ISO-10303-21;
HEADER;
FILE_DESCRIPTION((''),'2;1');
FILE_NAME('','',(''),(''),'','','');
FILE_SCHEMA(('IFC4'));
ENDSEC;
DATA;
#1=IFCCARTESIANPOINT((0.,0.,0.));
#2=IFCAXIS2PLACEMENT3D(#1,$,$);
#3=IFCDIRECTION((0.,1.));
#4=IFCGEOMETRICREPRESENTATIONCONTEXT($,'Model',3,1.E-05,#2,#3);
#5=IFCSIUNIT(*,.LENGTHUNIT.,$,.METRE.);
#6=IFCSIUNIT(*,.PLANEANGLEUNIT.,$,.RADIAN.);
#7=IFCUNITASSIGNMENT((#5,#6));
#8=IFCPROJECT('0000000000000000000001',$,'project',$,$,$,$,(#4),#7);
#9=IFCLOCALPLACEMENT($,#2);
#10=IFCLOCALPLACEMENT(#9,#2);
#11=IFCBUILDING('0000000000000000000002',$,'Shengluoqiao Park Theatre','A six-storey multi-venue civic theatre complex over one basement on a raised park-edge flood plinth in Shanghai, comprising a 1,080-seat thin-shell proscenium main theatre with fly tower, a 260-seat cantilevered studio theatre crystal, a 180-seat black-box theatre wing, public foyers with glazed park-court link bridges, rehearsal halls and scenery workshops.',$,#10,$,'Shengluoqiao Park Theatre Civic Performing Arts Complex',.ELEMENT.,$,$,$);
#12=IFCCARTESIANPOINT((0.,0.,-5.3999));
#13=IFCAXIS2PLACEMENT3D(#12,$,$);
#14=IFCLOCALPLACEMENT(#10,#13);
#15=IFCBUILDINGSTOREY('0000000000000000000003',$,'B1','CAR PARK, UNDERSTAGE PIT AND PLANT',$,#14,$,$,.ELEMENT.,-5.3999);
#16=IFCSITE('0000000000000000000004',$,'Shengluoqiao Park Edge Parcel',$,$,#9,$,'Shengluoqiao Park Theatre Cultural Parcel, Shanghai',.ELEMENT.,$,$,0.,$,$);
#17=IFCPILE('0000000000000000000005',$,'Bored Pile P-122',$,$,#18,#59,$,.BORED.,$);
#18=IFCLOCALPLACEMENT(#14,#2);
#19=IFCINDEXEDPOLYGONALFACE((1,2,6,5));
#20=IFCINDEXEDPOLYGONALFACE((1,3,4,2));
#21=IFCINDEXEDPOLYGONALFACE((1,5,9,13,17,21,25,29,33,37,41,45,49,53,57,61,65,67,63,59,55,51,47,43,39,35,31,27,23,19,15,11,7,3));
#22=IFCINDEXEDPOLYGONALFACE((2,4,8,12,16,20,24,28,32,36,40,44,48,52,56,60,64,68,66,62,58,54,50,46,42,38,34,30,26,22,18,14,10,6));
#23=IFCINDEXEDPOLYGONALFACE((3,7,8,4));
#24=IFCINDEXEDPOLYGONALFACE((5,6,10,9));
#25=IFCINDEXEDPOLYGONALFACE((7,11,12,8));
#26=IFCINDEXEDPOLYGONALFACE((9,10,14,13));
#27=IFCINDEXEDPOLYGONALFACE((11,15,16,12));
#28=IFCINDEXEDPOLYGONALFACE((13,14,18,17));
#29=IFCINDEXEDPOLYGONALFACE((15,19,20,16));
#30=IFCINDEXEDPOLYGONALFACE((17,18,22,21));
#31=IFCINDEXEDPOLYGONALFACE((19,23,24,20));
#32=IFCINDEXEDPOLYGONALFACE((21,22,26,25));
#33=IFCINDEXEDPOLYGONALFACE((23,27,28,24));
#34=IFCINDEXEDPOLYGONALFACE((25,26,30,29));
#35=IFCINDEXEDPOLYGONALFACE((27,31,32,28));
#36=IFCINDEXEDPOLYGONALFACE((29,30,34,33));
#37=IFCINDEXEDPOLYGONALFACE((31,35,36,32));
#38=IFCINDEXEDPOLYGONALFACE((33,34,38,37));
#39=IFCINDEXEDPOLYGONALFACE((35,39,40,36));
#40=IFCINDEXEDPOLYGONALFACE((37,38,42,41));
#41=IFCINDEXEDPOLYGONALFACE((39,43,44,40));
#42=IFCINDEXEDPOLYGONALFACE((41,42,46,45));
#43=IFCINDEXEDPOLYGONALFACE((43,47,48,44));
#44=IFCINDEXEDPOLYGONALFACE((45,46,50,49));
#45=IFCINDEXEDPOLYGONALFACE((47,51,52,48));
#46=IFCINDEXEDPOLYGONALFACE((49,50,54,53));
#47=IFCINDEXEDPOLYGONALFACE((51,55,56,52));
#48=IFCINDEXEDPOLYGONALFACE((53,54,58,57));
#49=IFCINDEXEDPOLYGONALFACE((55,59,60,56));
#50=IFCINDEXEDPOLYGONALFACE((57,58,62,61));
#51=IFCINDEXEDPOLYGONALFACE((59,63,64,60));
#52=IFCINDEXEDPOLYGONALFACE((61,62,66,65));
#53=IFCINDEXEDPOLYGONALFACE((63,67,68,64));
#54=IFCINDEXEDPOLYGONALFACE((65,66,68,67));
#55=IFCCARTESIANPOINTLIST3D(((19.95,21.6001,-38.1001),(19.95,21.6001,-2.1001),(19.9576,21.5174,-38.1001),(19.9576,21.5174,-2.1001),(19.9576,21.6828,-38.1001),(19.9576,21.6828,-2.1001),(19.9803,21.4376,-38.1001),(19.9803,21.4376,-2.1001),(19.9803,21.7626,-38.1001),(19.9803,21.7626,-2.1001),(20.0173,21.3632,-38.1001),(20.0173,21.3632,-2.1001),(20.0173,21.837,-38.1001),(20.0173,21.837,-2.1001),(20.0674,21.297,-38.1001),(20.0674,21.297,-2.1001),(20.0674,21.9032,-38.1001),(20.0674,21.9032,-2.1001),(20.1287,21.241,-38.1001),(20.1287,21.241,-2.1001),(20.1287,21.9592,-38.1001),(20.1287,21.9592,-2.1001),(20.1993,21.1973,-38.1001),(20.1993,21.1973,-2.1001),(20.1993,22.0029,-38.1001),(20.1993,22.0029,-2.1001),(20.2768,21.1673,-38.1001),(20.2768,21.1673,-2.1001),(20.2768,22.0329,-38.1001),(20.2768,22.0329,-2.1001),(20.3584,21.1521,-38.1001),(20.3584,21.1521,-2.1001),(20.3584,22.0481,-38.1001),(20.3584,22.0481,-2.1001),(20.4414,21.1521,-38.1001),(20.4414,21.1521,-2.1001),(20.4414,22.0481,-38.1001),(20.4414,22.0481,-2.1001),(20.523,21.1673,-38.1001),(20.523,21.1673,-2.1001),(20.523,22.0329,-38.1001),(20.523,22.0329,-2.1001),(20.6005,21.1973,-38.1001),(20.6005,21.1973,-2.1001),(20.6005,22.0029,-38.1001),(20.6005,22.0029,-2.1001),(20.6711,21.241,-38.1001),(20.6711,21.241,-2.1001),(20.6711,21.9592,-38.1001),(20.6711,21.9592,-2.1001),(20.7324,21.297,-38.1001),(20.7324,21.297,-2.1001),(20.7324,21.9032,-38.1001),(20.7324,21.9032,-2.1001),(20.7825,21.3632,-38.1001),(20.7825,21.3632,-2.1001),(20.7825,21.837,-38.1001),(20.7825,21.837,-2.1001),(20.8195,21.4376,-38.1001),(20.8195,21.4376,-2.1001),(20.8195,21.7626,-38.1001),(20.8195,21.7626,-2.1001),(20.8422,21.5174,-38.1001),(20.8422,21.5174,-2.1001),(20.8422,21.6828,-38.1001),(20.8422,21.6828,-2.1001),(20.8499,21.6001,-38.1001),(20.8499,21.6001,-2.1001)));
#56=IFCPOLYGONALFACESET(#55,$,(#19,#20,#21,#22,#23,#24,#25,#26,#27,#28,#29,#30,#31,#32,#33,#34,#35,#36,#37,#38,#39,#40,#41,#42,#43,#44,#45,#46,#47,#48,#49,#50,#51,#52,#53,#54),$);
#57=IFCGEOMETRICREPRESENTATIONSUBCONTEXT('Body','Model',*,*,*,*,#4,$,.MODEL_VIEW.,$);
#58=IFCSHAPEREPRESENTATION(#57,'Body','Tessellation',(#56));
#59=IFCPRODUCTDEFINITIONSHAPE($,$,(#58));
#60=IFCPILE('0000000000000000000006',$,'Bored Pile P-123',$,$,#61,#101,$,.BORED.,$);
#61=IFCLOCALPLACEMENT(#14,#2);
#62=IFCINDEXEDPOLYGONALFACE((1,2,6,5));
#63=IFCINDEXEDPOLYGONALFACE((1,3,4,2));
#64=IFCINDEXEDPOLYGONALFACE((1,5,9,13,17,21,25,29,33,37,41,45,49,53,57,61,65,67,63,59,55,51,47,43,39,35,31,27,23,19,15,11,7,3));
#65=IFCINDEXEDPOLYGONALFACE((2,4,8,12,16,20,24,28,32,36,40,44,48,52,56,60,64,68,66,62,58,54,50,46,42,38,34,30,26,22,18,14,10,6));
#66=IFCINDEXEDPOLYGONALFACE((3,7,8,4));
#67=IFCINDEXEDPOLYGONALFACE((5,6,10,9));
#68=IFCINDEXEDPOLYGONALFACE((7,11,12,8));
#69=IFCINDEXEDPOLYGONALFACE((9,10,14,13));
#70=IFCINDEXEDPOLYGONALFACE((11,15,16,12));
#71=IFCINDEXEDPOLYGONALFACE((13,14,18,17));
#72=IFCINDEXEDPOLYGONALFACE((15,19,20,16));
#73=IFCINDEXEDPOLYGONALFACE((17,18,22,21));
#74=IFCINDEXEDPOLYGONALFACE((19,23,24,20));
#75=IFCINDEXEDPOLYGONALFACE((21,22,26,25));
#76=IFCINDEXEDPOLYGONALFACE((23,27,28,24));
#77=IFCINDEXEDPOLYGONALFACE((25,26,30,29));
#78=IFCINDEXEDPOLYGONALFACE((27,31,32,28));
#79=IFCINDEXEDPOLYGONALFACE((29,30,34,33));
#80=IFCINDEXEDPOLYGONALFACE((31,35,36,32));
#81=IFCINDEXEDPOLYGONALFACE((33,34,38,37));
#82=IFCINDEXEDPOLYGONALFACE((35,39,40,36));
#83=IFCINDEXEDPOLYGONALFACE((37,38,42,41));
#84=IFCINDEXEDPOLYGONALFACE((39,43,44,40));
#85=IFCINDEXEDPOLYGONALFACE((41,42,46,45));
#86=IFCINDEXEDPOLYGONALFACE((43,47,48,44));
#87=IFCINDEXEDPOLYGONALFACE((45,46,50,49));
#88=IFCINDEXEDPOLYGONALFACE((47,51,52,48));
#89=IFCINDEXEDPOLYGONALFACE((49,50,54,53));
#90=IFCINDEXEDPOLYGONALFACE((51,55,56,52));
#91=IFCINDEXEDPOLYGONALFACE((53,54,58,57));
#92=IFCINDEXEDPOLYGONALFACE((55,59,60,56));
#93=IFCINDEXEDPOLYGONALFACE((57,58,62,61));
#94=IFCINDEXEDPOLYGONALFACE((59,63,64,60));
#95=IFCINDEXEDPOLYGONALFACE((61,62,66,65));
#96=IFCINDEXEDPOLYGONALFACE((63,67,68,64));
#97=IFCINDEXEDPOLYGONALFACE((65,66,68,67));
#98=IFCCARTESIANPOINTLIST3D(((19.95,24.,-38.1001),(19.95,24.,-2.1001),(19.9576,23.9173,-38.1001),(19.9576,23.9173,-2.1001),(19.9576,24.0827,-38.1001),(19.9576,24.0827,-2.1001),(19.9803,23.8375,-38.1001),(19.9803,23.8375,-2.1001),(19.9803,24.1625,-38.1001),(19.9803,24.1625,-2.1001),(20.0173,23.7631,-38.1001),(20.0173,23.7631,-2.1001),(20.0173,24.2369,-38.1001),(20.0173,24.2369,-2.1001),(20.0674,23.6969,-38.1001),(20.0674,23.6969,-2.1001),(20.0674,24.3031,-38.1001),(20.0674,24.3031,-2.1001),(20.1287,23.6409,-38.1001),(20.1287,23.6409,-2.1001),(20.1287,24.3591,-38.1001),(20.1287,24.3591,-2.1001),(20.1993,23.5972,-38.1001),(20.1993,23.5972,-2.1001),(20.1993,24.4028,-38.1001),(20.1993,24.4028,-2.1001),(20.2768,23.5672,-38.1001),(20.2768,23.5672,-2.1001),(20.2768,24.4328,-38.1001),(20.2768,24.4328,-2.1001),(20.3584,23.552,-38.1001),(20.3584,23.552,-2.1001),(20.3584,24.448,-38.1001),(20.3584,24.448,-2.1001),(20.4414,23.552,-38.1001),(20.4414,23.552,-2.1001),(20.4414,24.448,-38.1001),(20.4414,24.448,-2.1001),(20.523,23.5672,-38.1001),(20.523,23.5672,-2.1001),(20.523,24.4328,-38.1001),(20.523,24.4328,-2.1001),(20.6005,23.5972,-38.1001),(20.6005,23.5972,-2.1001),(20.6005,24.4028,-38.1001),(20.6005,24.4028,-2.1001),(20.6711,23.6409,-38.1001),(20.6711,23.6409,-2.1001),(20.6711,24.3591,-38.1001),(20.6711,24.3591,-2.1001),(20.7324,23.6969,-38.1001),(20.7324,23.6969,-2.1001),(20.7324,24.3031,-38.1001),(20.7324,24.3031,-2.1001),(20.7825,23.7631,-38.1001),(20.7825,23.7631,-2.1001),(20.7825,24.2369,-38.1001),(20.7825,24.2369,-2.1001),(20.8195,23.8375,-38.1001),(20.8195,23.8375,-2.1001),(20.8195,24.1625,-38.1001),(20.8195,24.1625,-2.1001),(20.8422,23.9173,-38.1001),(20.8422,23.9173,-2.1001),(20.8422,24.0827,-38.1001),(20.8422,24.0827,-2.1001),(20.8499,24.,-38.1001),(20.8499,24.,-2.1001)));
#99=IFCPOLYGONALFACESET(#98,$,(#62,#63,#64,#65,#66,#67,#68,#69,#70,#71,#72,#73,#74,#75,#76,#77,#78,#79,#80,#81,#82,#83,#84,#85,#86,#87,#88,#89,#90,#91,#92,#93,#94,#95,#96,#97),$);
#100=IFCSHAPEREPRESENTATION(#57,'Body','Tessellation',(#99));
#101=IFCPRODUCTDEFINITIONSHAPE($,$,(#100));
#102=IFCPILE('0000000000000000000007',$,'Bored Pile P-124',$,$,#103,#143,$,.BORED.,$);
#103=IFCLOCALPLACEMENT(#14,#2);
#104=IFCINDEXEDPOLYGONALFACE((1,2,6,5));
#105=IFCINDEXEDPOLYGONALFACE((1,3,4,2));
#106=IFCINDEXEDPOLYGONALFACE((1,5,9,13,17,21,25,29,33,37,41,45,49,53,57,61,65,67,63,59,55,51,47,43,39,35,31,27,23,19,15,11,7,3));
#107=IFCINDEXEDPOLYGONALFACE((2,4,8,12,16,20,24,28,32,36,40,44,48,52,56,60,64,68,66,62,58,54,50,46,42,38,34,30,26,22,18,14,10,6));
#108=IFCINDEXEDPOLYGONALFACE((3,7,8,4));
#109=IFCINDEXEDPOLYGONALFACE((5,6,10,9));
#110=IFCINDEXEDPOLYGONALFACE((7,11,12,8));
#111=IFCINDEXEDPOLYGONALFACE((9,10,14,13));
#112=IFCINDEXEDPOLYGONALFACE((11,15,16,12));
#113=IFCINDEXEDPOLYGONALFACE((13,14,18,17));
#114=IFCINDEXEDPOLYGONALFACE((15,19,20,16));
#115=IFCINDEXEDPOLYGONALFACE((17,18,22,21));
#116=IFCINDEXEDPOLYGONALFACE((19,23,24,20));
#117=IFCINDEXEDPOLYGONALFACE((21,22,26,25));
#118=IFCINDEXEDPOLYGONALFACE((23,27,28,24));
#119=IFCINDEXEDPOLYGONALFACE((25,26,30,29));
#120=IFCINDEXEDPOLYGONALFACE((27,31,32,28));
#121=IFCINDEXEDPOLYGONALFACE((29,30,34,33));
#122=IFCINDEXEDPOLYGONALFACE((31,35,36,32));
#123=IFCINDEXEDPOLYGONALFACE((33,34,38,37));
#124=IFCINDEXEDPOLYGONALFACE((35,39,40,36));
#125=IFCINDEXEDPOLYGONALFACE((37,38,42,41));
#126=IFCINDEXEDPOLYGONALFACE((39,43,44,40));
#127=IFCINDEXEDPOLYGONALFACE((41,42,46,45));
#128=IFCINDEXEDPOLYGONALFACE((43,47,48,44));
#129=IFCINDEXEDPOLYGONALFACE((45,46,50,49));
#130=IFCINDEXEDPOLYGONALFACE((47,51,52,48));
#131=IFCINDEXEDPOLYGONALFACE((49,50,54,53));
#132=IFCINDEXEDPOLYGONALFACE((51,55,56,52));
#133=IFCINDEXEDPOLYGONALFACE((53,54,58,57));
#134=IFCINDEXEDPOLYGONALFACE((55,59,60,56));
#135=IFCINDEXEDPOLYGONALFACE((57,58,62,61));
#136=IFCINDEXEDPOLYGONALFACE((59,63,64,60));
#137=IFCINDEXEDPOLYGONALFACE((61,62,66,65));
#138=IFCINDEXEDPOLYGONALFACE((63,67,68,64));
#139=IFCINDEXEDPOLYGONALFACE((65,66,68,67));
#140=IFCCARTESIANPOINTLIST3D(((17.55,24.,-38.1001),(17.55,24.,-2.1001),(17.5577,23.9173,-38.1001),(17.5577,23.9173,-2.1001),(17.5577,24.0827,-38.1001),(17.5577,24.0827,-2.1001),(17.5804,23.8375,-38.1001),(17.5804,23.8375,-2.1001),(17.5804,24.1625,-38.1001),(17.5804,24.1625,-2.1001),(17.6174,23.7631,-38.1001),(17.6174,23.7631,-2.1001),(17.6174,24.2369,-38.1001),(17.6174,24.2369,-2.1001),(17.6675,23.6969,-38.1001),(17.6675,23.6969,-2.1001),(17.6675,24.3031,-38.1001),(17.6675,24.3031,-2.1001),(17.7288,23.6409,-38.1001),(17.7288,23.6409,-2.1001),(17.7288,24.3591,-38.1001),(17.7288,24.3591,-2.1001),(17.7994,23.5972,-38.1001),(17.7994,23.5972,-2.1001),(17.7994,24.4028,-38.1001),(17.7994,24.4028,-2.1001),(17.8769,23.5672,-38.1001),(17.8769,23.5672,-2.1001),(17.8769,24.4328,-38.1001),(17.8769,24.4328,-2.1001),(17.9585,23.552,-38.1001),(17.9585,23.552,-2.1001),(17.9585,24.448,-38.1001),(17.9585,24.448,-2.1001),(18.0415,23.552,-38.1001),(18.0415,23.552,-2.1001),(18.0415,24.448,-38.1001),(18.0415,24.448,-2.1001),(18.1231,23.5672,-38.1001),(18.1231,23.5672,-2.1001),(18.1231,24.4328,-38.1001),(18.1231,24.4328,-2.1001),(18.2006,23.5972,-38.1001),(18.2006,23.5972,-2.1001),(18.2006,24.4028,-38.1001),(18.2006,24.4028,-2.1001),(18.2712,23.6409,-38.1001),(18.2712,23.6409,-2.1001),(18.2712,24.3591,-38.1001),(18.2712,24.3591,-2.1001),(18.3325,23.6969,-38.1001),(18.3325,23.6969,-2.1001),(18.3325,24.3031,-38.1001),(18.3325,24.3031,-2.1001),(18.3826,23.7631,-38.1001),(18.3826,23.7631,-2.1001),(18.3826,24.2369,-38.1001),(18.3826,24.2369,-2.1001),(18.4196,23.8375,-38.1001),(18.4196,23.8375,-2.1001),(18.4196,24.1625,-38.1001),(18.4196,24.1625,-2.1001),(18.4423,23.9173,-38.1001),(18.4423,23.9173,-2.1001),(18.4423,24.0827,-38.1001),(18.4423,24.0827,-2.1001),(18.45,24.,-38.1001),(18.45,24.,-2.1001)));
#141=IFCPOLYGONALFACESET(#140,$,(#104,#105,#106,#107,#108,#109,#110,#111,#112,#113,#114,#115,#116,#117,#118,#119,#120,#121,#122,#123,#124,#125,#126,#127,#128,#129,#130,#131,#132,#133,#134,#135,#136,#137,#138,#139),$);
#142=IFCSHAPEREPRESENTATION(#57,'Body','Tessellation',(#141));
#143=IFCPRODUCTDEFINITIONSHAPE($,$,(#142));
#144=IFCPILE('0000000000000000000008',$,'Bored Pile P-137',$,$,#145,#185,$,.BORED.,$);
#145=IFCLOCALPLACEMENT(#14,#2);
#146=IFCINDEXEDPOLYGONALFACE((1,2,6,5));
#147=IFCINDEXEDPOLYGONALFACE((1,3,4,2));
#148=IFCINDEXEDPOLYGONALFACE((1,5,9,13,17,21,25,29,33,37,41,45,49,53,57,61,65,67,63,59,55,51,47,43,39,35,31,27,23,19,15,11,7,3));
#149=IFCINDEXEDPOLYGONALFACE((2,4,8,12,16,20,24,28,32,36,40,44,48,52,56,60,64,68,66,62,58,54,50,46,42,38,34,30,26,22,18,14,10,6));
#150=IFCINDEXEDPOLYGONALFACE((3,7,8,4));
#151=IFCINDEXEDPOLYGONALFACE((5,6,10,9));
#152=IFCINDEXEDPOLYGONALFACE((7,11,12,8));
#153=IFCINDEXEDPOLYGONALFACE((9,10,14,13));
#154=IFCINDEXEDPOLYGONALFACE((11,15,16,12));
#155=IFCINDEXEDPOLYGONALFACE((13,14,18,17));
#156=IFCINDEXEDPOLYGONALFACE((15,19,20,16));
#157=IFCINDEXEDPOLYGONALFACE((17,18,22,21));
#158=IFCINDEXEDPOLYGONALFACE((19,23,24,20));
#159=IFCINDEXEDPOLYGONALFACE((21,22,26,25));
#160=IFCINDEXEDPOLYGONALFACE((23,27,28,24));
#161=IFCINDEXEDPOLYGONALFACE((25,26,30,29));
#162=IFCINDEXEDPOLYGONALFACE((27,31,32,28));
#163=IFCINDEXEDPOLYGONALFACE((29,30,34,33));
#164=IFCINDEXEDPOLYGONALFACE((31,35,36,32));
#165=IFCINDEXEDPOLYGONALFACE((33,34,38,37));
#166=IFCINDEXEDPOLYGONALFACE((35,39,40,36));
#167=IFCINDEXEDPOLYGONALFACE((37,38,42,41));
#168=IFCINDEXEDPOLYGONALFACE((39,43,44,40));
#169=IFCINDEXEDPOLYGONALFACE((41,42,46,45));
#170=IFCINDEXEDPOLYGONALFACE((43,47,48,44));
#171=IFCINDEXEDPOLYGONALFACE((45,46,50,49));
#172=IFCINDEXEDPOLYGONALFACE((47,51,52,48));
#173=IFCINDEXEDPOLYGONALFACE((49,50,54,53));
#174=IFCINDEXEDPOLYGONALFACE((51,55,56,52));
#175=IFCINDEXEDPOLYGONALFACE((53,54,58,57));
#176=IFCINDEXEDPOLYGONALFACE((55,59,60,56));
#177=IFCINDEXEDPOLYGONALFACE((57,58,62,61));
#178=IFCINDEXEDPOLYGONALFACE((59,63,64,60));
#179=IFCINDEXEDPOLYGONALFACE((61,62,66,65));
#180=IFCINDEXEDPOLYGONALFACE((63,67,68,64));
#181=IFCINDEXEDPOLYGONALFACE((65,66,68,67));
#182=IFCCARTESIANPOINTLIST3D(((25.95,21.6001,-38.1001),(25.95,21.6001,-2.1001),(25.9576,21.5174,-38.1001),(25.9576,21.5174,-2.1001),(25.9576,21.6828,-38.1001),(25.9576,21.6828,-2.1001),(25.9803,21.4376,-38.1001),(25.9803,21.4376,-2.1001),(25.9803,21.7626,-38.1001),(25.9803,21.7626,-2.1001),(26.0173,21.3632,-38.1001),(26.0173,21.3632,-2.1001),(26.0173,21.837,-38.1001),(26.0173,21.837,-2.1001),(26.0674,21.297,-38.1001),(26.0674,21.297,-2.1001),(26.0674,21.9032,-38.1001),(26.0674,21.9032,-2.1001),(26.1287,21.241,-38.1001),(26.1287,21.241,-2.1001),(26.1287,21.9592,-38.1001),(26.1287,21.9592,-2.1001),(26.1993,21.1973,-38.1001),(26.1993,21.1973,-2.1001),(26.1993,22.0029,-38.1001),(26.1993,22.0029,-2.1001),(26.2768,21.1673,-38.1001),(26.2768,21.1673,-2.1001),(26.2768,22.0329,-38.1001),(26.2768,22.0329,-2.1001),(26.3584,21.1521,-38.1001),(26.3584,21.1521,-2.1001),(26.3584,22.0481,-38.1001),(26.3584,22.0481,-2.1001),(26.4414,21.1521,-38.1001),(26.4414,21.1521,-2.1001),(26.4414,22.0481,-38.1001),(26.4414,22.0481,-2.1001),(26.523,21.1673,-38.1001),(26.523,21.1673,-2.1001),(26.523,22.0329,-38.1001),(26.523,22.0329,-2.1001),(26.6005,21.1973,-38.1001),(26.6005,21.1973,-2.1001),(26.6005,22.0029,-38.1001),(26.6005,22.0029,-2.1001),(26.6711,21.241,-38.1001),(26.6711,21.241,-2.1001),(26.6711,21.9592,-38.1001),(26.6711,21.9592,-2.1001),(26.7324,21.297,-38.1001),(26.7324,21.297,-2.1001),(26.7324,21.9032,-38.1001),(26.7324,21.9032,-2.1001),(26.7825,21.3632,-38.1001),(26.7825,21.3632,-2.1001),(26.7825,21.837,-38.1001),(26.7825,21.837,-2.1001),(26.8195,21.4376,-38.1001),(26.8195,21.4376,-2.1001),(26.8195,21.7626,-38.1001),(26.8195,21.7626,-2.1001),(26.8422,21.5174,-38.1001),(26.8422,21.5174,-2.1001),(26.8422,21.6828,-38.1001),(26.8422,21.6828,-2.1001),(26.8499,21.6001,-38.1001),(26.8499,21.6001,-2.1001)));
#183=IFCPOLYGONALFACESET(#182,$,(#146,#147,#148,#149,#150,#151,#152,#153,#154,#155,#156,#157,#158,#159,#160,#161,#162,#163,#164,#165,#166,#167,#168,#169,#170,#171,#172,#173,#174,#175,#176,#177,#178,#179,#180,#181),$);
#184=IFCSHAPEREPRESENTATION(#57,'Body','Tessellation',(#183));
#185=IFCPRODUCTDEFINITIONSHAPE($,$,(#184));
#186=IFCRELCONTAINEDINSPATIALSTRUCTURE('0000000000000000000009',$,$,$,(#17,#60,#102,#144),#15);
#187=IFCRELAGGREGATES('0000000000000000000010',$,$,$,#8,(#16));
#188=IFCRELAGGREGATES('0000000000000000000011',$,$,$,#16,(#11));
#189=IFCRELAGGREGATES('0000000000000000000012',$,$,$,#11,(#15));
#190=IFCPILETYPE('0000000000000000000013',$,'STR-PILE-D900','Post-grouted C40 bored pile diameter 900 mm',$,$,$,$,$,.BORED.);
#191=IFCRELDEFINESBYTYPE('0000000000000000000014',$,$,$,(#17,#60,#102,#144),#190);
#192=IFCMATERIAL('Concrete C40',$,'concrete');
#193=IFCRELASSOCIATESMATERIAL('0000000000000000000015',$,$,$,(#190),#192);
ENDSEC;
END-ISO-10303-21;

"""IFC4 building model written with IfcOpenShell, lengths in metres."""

from ifc_helpers import new_model, si_unit, direction, frame, origin, origin_2d, place, context, subcontext, project, spatial, circle, extrude, material, material_profile, profile_set, type_object, element, save


model = new_model("IFC4")

# Units and contexts
model_context = context("Model", 3, precision=1e-05, world=origin(), true_north=direction((0.0, 1.0)))
body_context = subcontext(model_context, "Body", "Model", "MODEL_VIEW")
ifc_project = project(units=[si_unit("LENGTHUNIT", "METRE"), si_unit("PLANEANGLEUNIT", "RADIAN")], contexts=[model_context])

# Site, building, storey
site_placement = place(None, origin())
site = spatial("IfcSite", under=ifc_project, at=site_placement, Name="Shengluoqiao Park Edge Parcel", LongName="Shengluoqiao Park Theatre Cultural Parcel, Shanghai", CompositionType="ELEMENT", RefElevation=0.0)
building_placement = place(site_placement, origin())
building = spatial("IfcBuilding", under=site, at=building_placement, Name="Shengluoqiao Park Theatre", Description="A six-storey multi-venue civic theatre complex over one basement on a raised park-edge flood plinth in Shanghai, comprising a 1,080-seat thin-shell proscenium main theatre with fly tower, a 260-seat cantilevered studio theatre crystal, a 180-seat black-box theatre wing, public foyers with glazed park-court link bridges, rehearsal halls and scenery workshops.", LongName="Shengluoqiao Park Theatre Civic Performing Arts Complex", CompositionType="ELEMENT")
storey_placement = place(building_placement, frame((0.0, 0.0, -5.3999)))
storey = spatial("IfcBuildingStorey", under=building, at=storey_placement, Name="B1", Description="CAR PARK, UNDERSTAGE PIT AND PLANT", CompositionType="ELEMENT", Elevation=-5.3999)

# Shared definitions
ifc_material_1 = material(Name="Concrete C40", Category="concrete")

# Piles
ifc_material_profile_1 = material_profile(ifc_material_1, circle(Radius=0.45, at=origin_2d()), Name="BORED PILE D900")
ifc_profile_set_1 = profile_set([ifc_material_profile_1], Name="Concrete C40")
pile_type_1 = type_object("IfcPileType", Name="STR-PILE-D900", Description="Post-grouted C40 bored pile diameter 900 mm", PredefinedType="BORED", material=ifc_profile_set_1)
for number, where, z_axis, x_axis, name in (
    (1, (20.3999, 21.6001, -2.1001), (0.0, 0.0, -1.0), (1.0, 0.0, 0.0), "Bored Pile P-122"),
    (2, (20.3999, 24.0, -2.1001), (0.0, 0.0, -1.0), (1.0, 0.0, 0.0), "Bored Pile P-123"),
    (3, (18.0, 24.0, -2.1001), (0.0, 0.0, -1.0), (1.0, 0.0, 0.0), "Bored Pile P-124"),
    (4, (26.3999, 21.6001, -2.1001), (0.0, 0.0, -1.0), (1.0, 0.0, 0.0), "Bored Pile P-137"),
):
    element("IfcPile", number, at=place(storey_placement, frame(where, z_axis=z_axis, x_axis=x_axis)), inside=storey, type_object=pile_type_1, Name=name, PredefinedType="BORED", context=body_context, shape_type="SweptSolid", body=[
        extrude(circle(Radius=0.45, at=origin_2d()), origin(), (0.0, 0.0, 1.0), 36.0),
    ])

save(model, "model.ifc")
